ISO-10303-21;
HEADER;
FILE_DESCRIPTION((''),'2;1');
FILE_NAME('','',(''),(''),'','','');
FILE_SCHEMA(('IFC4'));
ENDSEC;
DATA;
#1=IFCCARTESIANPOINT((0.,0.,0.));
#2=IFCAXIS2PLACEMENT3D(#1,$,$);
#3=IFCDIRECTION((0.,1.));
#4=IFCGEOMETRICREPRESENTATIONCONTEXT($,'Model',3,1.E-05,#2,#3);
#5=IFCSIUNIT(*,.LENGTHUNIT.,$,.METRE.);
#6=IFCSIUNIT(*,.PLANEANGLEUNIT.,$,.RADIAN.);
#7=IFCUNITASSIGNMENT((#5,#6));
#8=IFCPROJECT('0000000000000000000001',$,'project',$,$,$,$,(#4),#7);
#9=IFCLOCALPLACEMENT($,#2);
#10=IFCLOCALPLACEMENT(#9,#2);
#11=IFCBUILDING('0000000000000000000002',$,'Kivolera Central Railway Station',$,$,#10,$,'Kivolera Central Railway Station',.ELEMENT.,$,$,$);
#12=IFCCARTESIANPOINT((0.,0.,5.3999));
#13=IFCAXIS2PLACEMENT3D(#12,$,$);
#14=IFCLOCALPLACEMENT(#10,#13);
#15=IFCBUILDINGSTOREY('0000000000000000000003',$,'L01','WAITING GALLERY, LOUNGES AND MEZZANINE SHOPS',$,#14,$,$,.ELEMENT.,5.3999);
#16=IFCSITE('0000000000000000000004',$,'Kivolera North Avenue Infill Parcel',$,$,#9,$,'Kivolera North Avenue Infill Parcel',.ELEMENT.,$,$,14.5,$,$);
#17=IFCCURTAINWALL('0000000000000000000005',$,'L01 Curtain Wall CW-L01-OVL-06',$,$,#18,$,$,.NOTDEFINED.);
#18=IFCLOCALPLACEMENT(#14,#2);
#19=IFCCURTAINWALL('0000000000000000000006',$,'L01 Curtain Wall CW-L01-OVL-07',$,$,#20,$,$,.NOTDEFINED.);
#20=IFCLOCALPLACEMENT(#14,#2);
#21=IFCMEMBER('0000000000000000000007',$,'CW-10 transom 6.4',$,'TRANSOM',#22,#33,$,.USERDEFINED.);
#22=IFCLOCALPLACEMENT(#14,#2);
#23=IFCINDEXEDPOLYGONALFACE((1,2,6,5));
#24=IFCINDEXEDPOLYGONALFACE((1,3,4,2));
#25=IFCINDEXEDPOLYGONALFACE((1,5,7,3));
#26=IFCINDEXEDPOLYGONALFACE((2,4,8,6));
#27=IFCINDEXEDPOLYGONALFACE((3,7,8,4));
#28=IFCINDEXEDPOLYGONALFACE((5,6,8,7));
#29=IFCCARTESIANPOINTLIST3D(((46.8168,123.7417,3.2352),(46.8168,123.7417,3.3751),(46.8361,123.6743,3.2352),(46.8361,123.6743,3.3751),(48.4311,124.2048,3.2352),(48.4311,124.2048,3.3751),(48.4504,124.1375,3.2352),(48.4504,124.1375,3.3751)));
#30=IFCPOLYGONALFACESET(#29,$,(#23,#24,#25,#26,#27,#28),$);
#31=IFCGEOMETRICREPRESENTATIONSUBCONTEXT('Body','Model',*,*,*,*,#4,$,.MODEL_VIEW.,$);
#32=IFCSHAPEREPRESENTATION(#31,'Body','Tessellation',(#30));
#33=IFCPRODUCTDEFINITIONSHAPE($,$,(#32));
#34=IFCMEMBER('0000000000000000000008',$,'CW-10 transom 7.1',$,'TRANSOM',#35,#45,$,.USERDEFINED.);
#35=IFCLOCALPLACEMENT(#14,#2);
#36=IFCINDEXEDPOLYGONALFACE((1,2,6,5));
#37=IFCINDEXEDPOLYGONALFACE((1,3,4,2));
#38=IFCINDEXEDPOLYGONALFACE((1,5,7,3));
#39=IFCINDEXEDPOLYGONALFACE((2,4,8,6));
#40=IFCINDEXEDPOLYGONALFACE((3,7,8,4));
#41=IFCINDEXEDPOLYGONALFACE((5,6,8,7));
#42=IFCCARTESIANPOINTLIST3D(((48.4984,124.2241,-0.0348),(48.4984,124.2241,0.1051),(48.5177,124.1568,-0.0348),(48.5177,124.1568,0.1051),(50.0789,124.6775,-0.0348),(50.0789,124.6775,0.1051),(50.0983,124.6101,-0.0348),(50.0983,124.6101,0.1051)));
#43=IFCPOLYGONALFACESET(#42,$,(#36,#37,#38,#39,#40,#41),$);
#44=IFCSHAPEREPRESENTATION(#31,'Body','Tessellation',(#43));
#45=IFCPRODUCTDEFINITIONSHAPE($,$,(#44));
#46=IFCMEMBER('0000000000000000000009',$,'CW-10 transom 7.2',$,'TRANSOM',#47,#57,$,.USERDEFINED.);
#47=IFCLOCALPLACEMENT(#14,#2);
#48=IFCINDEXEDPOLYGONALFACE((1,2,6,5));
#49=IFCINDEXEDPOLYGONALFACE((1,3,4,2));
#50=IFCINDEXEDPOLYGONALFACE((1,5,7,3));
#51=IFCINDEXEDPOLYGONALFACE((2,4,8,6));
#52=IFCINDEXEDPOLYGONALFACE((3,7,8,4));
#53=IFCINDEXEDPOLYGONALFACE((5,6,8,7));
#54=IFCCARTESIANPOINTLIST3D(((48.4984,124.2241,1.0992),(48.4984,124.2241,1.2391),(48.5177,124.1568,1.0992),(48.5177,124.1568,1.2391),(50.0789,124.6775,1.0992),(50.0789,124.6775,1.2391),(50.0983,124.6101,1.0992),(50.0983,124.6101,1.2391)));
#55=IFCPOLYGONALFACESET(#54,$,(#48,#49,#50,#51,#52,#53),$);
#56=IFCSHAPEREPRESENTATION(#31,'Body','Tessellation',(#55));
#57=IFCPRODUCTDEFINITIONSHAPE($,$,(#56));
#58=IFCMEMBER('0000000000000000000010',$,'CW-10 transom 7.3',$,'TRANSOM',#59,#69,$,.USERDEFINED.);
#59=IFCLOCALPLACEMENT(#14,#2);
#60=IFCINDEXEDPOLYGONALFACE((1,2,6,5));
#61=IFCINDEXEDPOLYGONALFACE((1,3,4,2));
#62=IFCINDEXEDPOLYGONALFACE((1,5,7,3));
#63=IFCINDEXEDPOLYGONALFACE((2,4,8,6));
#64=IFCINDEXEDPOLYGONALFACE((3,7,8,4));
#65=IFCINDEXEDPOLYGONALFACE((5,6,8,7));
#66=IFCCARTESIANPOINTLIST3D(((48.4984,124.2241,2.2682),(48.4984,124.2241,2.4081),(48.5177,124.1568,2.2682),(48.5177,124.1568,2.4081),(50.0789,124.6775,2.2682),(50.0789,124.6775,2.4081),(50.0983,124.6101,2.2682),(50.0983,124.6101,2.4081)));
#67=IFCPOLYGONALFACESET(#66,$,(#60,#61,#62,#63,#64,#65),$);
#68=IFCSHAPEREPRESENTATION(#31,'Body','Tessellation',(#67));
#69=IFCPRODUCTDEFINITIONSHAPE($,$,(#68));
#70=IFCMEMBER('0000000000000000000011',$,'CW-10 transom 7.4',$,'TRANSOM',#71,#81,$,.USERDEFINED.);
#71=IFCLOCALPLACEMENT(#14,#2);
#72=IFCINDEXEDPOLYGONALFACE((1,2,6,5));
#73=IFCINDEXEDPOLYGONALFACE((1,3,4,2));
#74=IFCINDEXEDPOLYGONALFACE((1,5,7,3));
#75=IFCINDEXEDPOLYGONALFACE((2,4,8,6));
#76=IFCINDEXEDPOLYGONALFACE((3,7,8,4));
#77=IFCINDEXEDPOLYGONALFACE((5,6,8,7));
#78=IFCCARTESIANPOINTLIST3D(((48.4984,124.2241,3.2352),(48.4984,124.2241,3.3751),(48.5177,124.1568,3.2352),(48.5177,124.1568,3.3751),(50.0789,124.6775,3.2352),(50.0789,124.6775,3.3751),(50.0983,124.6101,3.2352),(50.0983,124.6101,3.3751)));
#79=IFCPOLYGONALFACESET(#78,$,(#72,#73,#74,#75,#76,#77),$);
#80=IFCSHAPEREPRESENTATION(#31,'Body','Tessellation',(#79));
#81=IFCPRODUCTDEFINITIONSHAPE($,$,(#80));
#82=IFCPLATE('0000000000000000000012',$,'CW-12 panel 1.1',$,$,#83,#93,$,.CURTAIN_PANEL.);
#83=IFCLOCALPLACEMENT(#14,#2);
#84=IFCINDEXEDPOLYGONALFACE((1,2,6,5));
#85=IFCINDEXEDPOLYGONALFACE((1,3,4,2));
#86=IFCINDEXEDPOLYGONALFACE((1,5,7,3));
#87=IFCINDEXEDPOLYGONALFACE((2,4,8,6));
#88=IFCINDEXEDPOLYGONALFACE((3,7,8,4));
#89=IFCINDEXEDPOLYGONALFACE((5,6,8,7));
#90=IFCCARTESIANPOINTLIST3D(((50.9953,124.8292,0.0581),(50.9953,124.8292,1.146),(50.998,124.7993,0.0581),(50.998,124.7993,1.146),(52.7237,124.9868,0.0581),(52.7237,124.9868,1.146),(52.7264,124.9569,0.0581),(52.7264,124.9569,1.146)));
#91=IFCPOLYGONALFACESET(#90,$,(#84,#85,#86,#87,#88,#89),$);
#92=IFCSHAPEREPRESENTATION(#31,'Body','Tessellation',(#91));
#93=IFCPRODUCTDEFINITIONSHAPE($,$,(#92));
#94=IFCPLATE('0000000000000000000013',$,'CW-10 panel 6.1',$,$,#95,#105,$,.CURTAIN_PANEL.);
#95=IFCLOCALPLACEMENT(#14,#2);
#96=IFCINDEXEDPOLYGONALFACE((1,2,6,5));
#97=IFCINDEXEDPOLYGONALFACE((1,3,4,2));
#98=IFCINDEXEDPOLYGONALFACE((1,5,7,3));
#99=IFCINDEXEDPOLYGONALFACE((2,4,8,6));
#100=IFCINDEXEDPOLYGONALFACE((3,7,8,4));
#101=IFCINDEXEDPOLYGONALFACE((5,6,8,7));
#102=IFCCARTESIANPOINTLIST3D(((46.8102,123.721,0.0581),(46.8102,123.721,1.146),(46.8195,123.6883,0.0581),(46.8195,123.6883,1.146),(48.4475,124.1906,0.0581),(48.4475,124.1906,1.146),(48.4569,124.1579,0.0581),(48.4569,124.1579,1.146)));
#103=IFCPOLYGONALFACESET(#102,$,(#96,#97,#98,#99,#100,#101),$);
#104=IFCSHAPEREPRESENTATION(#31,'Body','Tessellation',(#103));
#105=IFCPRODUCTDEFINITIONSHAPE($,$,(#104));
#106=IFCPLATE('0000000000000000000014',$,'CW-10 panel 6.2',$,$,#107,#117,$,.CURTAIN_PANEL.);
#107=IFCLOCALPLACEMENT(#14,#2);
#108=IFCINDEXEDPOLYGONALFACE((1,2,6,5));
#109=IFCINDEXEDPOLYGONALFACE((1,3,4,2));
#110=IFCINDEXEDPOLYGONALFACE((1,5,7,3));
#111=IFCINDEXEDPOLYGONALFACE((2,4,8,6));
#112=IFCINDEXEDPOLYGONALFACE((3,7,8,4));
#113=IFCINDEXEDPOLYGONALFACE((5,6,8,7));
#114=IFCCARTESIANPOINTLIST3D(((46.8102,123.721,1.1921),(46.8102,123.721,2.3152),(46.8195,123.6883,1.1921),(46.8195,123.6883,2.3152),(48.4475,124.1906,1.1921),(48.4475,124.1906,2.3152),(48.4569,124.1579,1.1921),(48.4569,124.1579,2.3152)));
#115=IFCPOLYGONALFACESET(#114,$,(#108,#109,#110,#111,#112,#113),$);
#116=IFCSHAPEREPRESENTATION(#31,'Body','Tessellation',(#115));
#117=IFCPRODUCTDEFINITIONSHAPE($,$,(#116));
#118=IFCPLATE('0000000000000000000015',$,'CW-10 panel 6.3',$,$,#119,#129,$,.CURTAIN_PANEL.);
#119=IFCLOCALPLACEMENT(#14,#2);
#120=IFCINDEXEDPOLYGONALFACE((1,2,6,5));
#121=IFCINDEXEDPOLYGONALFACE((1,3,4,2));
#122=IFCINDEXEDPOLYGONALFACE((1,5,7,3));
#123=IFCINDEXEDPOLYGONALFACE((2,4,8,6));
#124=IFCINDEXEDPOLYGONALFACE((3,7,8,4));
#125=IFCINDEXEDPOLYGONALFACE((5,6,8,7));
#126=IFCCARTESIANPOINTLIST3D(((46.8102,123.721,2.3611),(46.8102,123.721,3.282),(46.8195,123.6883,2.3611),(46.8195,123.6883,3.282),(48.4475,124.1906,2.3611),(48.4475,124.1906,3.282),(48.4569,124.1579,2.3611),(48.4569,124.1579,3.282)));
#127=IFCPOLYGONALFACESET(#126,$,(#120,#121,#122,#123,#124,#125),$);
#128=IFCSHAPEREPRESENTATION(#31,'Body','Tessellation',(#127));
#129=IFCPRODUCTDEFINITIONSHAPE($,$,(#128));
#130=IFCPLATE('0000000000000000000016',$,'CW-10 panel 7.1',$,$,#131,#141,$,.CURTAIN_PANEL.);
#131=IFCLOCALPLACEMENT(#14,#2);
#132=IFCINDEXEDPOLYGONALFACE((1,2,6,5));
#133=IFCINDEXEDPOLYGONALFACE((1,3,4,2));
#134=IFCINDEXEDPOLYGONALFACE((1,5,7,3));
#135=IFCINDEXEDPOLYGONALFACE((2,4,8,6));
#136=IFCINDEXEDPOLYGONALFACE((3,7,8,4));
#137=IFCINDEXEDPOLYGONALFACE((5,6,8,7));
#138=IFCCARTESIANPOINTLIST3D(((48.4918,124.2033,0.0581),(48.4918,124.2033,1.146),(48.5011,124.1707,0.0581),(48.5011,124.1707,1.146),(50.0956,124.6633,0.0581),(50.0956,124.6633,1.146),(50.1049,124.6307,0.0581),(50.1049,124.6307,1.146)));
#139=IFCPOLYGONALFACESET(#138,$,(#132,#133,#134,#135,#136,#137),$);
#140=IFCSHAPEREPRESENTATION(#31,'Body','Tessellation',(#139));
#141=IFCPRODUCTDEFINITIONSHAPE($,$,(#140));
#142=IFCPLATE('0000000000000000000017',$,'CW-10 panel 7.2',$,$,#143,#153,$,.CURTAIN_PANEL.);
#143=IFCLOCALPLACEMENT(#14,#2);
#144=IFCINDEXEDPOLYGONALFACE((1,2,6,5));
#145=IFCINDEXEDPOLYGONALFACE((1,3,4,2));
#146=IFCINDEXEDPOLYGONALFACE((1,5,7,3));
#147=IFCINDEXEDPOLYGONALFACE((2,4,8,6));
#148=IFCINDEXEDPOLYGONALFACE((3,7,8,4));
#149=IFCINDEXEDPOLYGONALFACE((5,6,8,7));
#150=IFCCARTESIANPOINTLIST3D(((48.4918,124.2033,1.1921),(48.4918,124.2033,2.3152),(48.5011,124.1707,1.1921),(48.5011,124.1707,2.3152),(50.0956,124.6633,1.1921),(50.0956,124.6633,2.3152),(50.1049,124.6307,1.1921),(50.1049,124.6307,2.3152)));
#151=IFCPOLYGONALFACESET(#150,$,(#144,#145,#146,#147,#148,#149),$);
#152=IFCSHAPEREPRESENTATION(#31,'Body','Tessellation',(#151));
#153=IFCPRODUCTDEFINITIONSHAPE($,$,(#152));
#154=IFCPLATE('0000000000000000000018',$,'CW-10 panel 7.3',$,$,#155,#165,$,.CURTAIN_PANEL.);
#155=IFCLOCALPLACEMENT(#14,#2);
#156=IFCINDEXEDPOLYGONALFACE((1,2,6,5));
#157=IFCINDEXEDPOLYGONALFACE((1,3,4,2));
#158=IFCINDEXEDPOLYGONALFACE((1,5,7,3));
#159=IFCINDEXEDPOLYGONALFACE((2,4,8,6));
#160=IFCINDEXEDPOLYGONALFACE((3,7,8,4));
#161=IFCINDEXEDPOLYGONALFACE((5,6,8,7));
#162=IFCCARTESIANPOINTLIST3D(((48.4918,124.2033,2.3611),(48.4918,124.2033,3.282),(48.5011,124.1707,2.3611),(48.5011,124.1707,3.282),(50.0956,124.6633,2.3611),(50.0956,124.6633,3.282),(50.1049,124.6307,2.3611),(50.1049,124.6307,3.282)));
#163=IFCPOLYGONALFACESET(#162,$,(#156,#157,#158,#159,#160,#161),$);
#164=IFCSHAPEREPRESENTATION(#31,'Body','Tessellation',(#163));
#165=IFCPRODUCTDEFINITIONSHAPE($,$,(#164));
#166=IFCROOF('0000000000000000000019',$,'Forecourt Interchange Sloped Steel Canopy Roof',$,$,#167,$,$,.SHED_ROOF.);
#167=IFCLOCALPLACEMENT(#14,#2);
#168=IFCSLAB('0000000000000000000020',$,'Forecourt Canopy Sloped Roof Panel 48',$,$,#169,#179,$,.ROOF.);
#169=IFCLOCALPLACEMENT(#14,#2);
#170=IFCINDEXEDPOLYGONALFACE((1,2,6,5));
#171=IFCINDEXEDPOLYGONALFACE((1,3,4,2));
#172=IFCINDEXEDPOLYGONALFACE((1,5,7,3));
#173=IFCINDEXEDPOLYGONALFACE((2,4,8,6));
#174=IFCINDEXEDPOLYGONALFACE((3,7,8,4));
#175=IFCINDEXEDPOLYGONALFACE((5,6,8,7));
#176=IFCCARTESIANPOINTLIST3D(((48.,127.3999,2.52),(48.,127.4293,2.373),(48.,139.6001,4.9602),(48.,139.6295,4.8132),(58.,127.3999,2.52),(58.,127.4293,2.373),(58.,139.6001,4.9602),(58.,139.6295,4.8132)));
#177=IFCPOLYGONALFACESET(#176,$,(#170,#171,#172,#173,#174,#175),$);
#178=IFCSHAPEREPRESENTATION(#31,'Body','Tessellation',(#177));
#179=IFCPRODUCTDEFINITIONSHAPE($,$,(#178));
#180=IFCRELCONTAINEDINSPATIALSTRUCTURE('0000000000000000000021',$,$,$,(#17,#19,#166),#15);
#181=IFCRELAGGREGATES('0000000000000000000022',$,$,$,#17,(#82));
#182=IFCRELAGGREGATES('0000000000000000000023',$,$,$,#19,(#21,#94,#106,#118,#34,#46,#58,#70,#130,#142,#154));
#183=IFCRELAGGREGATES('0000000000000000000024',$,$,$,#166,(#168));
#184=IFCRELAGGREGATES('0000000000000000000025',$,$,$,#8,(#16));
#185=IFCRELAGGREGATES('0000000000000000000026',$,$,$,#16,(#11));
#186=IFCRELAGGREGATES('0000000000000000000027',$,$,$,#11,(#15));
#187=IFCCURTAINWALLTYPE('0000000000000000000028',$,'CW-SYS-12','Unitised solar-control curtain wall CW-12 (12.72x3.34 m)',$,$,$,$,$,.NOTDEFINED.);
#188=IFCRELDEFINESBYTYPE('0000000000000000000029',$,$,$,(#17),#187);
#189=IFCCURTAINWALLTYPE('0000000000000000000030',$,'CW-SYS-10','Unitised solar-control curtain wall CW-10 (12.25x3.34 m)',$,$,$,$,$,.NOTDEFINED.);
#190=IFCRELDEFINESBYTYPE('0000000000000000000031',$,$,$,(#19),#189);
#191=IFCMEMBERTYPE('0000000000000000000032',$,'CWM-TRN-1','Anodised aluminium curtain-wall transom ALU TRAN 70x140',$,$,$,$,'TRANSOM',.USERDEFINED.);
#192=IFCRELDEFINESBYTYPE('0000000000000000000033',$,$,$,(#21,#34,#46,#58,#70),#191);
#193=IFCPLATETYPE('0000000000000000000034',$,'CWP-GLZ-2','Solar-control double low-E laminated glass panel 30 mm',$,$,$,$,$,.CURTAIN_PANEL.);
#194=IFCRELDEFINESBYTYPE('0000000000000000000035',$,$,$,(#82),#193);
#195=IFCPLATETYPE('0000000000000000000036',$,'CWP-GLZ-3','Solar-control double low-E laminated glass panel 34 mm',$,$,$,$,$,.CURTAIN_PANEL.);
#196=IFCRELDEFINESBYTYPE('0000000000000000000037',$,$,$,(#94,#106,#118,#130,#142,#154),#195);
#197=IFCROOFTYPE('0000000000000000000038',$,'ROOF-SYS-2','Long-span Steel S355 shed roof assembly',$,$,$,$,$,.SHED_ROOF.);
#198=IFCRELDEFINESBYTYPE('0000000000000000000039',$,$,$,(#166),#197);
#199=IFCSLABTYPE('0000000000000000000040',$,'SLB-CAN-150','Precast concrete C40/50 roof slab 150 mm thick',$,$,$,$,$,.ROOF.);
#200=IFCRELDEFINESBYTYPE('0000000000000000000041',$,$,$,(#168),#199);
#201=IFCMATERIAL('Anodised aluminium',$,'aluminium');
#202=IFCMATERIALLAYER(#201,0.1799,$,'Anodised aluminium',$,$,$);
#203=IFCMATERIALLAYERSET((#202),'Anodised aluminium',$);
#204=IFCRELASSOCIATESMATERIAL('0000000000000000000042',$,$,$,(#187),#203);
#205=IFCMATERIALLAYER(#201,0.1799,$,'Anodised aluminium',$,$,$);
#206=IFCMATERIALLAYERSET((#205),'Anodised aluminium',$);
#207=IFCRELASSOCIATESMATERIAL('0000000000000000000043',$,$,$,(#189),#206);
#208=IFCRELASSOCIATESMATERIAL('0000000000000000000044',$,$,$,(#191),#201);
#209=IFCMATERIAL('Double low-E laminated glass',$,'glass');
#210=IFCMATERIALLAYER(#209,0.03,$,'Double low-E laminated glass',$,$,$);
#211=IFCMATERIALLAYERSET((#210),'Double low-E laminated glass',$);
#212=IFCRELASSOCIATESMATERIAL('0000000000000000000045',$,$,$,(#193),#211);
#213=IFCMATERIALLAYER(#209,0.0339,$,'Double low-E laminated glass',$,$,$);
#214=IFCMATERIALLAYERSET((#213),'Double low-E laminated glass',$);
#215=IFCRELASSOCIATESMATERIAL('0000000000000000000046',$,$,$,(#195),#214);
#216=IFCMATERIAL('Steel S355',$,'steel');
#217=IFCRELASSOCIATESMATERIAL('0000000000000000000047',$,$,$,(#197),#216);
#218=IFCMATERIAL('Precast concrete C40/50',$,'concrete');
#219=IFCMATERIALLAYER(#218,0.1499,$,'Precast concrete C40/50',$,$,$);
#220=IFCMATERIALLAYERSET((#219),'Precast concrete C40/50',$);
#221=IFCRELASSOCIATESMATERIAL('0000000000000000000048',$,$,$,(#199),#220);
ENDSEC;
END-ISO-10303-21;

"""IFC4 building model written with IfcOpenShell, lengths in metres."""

from ifc_helpers import new_model, si_unit, direction, frame, origin, origin_2d, place, context, subcontext, project, spatial, polyline, rectangle, outline, extrude, material, layer, layer_set, material_profile, profile_set, type_object, element, aggregate, save


model = new_model("IFC4")

# Units and contexts
model_context = context("Model", 3, precision=1e-05, world=origin(), true_north=direction((0.0, 1.0)))
body_context = subcontext(model_context, "Body", "Model", "MODEL_VIEW")
ifc_project = project(units=[si_unit("LENGTHUNIT", "METRE"), si_unit("PLANEANGLEUNIT", "RADIAN")], contexts=[model_context])

# Site, building, storey
site_placement = place(None, origin())
site = spatial("IfcSite", under=ifc_project, at=site_placement, Name="Kivolera North Avenue Infill Parcel", LongName="Kivolera North Avenue Infill Parcel", CompositionType="ELEMENT", RefElevation=14.5)
building_placement = place(site_placement, origin())
building = spatial("IfcBuilding", under=site, at=building_placement, Name="Kivolera Central Railway Station", LongName="Kivolera Central Railway Station", CompositionType="ELEMENT")
storey_placement = place(building_placement, frame((0.0, 0.0, 5.3999)))
storey = spatial("IfcBuildingStorey", under=building, at=storey_placement, Name="L01", Description="WAITING GALLERY, LOUNGES AND MEZZANINE SHOPS", CompositionType="ELEMENT", Elevation=5.3999)

# Shared definitions
ifc_material_1 = material(Name="Steel S355", Category="steel")

# Curtain wall
ifc_material_2 = material(Name="Anodised aluminium", Category="aluminium")
ifc_layer_1 = layer(ifc_material_2, 0.1799, Name="Anodised aluminium")
ifc_layer_set_1 = layer_set([ifc_layer_1], Name="Anodised aluminium")
curtain_wall_type_1 = type_object("IfcCurtainWallType", Name="CW-SYS-12", Description="Unitised solar-control curtain wall CW-12 (12.72x3.34 m)", PredefinedType="NOTDEFINED", material=ifc_layer_set_1)
curtain_wall_1_placement = place(storey_placement, origin())
curtain_wall_1 = element("IfcCurtainWall", 1, at=curtain_wall_1_placement, inside=storey, type_object=curtain_wall_type_1, Name="L01 Curtain Wall CW-L01-OVL-06", PredefinedType="NOTDEFINED")

# Curtain wall
ifc_layer_2 = layer(ifc_material_2, 0.1799, Name="Anodised aluminium")
ifc_layer_set_2 = layer_set([ifc_layer_2], Name="Anodised aluminium")
curtain_wall_type_2 = type_object("IfcCurtainWallType", Name="CW-SYS-10", Description="Unitised solar-control curtain wall CW-10 (12.25x3.34 m)", PredefinedType="NOTDEFINED", material=ifc_layer_set_2)
curtain_wall_2_placement = place(storey_placement, origin())
curtain_wall_2 = element("IfcCurtainWall", 2, at=curtain_wall_2_placement, inside=storey, type_object=curtain_wall_type_2, Name="L01 Curtain Wall CW-L01-OVL-07", PredefinedType="NOTDEFINED")

# Members
ifc_material_profile_1 = material_profile(ifc_material_2, rectangle(XDim=0.0701, YDim=0.1399, at=origin_2d()), Name="ALU TRAN 70x140")
ifc_profile_set_1 = profile_set([ifc_material_profile_1], Name="Anodised aluminium")
member_type_1 = type_object("IfcMemberType", Name="CWM-TRN-1", Description="Anodised aluminium curtain-wall transom ALU TRAN 70x140", ElementType="TRANSOM", PredefinedType="USERDEFINED", material=ifc_profile_set_1)
member_1_placement = place(storey_placement, frame((46.8264, 123.708, 3.3052), z_axis=(0.961222, 0.275777, 0.0), x_axis=(-0.275777, 0.961222, 0.0)))
member_1 = element("IfcMember", 3, at=member_1_placement, type_object=member_type_1, Name="CW-10 transom 6.4", ObjectType="TRANSOM", PredefinedType="USERDEFINED", context=body_context, shape_type="SweptSolid", body=[
    extrude(rectangle(XDim=0.0701, YDim=0.1399, at=origin_2d()), origin(), (0.0, 0.0, 1.0), 1.6794),
])
member_2_placement = place(storey_placement, frame((48.5081, 124.1904, 0.0352), z_axis=(0.961238, 0.275721, 0.0), x_axis=(-0.275721, 0.961238, 0.0)))
member_2 = element("IfcMember", 4, at=member_2_placement, type_object=member_type_1, Name="CW-10 transom 7.1", ObjectType="TRANSOM", PredefinedType="USERDEFINED", context=body_context, shape_type="SweptSolid", body=[
    extrude(rectangle(XDim=0.0701, YDim=0.1399, at=origin_2d()), origin(), (0.0, 0.0, 1.0), 1.6443),
])
member_3_placement = place(storey_placement, frame((48.5081, 124.1904, 1.1692), z_axis=(0.961238, 0.275721, 0.0), x_axis=(-0.275721, 0.961238, 0.0)))
member_3 = element("IfcMember", 5, at=member_3_placement, type_object=member_type_1, Name="CW-10 transom 7.2", ObjectType="TRANSOM", PredefinedType="USERDEFINED", context=body_context, shape_type="SweptSolid", body=[
    extrude(rectangle(XDim=0.0701, YDim=0.1399, at=origin_2d()), origin(), (0.0, 0.0, 1.0), 1.6443),
])
member_4_placement = place(storey_placement, frame((48.5081, 124.1904, 2.3381), z_axis=(0.961238, 0.275721, 0.0), x_axis=(-0.275721, 0.961238, 0.0)))
member_4 = element("IfcMember", 6, at=member_4_placement, type_object=member_type_1, Name="CW-10 transom 7.3", ObjectType="TRANSOM", PredefinedType="USERDEFINED", context=body_context, shape_type="SweptSolid", body=[
    extrude(rectangle(XDim=0.0701, YDim=0.1399, at=origin_2d()), origin(), (0.0, 0.0, 1.0), 1.6443),
])
member_5_placement = place(storey_placement, frame((48.5081, 124.1904, 3.3052), z_axis=(0.961238, 0.275721, 0.0), x_axis=(-0.275721, 0.961238, 0.0)))
member_5 = element("IfcMember", 7, at=member_5_placement, type_object=member_type_1, Name="CW-10 transom 7.4", ObjectType="TRANSOM", PredefinedType="USERDEFINED", context=body_context, shape_type="SweptSolid", body=[
    extrude(rectangle(XDim=0.0701, YDim=0.1399, at=origin_2d()), origin(), (0.0, 0.0, 1.0), 1.6443),
])

# Plates
ifc_material_3 = material(Name="Double low-E laminated glass", Category="glass")
ifc_layer_3 = layer(ifc_material_3, 0.03, Name="Double low-E laminated glass")
ifc_layer_set_3 = layer_set([ifc_layer_3], Name="Double low-E laminated glass")
plate_type_1 = type_object("IfcPlateType", Name="CWP-GLZ-2", Description="Solar-control double low-E laminated glass panel 30 mm", PredefinedType="CURTAIN_PANEL", material=ifc_layer_set_3)
plate_1_placement = place(storey_placement, frame((51.8608, 124.8931, 0.0581), z_axis=(0.0, 0.0, 1.0), x_axis=(0.995866, 0.090834, 0.0)))
plate_1 = element("IfcPlate", 8, at=plate_1_placement, type_object=plate_type_1, Name="CW-12 panel 1.1", PredefinedType="CURTAIN_PANEL", context=body_context, shape_type="SweptSolid", body=[
    extrude(rectangle(XDim=1.7356, YDim=0.03, at=origin_2d()), origin(), (0.0, 0.0, 1.0), 1.0879),
])
aggregate(curtain_wall_1, [plate_1])
ifc_layer_4 = layer(ifc_material_3, 0.0339, Name="Double low-E laminated glass")
ifc_layer_set_4 = layer_set([ifc_layer_4], Name="Double low-E laminated glass")
plate_type_2 = type_object("IfcPlateType", Name="CWP-GLZ-3", Description="Solar-control double low-E laminated glass panel 34 mm", PredefinedType="CURTAIN_PANEL", material=ifc_layer_set_4)
plate_2_placement = place(storey_placement, frame((47.6335, 123.9395, 0.0581), z_axis=(0.0, 0.0, 1.0), x_axis=(0.961246, 0.275692, 0.0)))
plate_2 = element("IfcPlate", 9, at=plate_2_placement, type_object=plate_type_2, Name="CW-10 panel 6.1", PredefinedType="CURTAIN_PANEL", context=body_context, shape_type="SweptSolid", body=[
    extrude(rectangle(XDim=1.7034, YDim=0.0339, at=origin_2d()), origin(), (0.0, 0.0, 1.0), 1.0879),
])
plate_3_placement = place(storey_placement, frame((47.6335, 123.9395, 1.1921), z_axis=(0.0, 0.0, 1.0), x_axis=(0.961246, 0.275692, 0.0)))
plate_3 = element("IfcPlate", 10, at=plate_3_placement, type_object=plate_type_2, Name="CW-10 panel 6.2", PredefinedType="CURTAIN_PANEL", context=body_context, shape_type="SweptSolid", body=[
    extrude(rectangle(XDim=1.7034, YDim=0.0339, at=origin_2d()), origin(), (0.0, 0.0, 1.0), 1.123),
])
plate_4_placement = place(storey_placement, frame((47.6335, 123.9395, 2.3611), z_axis=(0.0, 0.0, 1.0), x_axis=(0.961246, 0.275692, 0.0)))
plate_4 = element("IfcPlate", 11, at=plate_4_placement, type_object=plate_type_2, Name="CW-10 panel 6.3", PredefinedType="CURTAIN_PANEL", context=body_context, shape_type="SweptSolid", body=[
    extrude(rectangle(XDim=1.7034, YDim=0.0339, at=origin_2d()), origin(), (0.0, 0.0, 1.0), 0.9209),
])
plate_5_placement = place(storey_placement, frame((49.2983, 124.417, 0.0581), z_axis=(0.0, 0.0, 1.0), x_axis=(0.961246, 0.275692, 0.0)))
plate_5 = element("IfcPlate", 12, at=plate_5_placement, type_object=plate_type_2, Name="CW-10 panel 7.1", PredefinedType="CURTAIN_PANEL", context=body_context, shape_type="SweptSolid", body=[
    extrude(rectangle(XDim=1.6685, YDim=0.0339, at=origin_2d()), origin(), (0.0, 0.0, 1.0), 1.0879),
])
plate_6_placement = place(storey_placement, frame((49.2983, 124.417, 1.1921), z_axis=(0.0, 0.0, 1.0), x_axis=(0.961246, 0.275692, 0.0)))
plate_6 = element("IfcPlate", 13, at=plate_6_placement, type_object=plate_type_2, Name="CW-10 panel 7.2", PredefinedType="CURTAIN_PANEL", context=body_context, shape_type="SweptSolid", body=[
    extrude(rectangle(XDim=1.6685, YDim=0.0339, at=origin_2d()), origin(), (0.0, 0.0, 1.0), 1.123),
])
plate_7_placement = place(storey_placement, frame((49.2983, 124.417, 2.3611), z_axis=(0.0, 0.0, 1.0), x_axis=(0.961246, 0.275692, 0.0)))
plate_7 = element("IfcPlate", 14, at=plate_7_placement, type_object=plate_type_2, Name="CW-10 panel 7.3", PredefinedType="CURTAIN_PANEL", context=body_context, shape_type="SweptSolid", body=[
    extrude(rectangle(XDim=1.6685, YDim=0.0339, at=origin_2d()), origin(), (0.0, 0.0, 1.0), 0.9209),
])
aggregate(curtain_wall_2, [member_1, plate_2, plate_3, plate_4, member_2, member_3, member_4, member_5, plate_5, plate_6, plate_7])

# Roof, slab
roof_type = type_object("IfcRoofType", Name="ROOF-SYS-2", Description="Long-span Steel S355 shed roof assembly", PredefinedType="SHED_ROOF", material=ifc_material_1)
roof_placement = place(storey_placement, origin())
roof = element("IfcRoof", 15, at=roof_placement, inside=storey, type_object=roof_type, Name="Forecourt Interchange Sloped Steel Canopy Roof", PredefinedType="SHED_ROOF")
ifc_material_4 = material(Name="Precast concrete C40/50", Category="concrete")
ifc_layer_5 = layer(ifc_material_4, 0.1499, Name="Precast concrete C40/50")
ifc_layer_set_5 = layer_set([ifc_layer_5], Name="Precast concrete C40/50")
slab_type = type_object("IfcSlabType", Name="SLB-CAN-150", Description="Precast concrete C40/50 roof slab 150 mm thick", PredefinedType="ROOF", material=ifc_layer_set_5)
slab_placement = place(storey_placement, frame((48.0, 127.3999, 2.52), z_axis=(0.0, -0.196127, 0.980578), x_axis=(1.0, 0.0, 0.0)))
slab = element("IfcSlab", 16, at=slab_placement, type_object=slab_type, Name="Forecourt Canopy Sloped Roof Panel 48", PredefinedType="ROOF", context=body_context, shape_type="SweptSolid", body=[
    extrude(outline(polyline([(0.0, 0.0), (10.0, 0.0), (10.0, 12.4418), (0.0, 12.4418), (0.0, 0.0)])), origin(), (0.0, 0.0, -1.0), 0.1499),
])
aggregate(roof, [slab])

save(model, "model.ifc")
